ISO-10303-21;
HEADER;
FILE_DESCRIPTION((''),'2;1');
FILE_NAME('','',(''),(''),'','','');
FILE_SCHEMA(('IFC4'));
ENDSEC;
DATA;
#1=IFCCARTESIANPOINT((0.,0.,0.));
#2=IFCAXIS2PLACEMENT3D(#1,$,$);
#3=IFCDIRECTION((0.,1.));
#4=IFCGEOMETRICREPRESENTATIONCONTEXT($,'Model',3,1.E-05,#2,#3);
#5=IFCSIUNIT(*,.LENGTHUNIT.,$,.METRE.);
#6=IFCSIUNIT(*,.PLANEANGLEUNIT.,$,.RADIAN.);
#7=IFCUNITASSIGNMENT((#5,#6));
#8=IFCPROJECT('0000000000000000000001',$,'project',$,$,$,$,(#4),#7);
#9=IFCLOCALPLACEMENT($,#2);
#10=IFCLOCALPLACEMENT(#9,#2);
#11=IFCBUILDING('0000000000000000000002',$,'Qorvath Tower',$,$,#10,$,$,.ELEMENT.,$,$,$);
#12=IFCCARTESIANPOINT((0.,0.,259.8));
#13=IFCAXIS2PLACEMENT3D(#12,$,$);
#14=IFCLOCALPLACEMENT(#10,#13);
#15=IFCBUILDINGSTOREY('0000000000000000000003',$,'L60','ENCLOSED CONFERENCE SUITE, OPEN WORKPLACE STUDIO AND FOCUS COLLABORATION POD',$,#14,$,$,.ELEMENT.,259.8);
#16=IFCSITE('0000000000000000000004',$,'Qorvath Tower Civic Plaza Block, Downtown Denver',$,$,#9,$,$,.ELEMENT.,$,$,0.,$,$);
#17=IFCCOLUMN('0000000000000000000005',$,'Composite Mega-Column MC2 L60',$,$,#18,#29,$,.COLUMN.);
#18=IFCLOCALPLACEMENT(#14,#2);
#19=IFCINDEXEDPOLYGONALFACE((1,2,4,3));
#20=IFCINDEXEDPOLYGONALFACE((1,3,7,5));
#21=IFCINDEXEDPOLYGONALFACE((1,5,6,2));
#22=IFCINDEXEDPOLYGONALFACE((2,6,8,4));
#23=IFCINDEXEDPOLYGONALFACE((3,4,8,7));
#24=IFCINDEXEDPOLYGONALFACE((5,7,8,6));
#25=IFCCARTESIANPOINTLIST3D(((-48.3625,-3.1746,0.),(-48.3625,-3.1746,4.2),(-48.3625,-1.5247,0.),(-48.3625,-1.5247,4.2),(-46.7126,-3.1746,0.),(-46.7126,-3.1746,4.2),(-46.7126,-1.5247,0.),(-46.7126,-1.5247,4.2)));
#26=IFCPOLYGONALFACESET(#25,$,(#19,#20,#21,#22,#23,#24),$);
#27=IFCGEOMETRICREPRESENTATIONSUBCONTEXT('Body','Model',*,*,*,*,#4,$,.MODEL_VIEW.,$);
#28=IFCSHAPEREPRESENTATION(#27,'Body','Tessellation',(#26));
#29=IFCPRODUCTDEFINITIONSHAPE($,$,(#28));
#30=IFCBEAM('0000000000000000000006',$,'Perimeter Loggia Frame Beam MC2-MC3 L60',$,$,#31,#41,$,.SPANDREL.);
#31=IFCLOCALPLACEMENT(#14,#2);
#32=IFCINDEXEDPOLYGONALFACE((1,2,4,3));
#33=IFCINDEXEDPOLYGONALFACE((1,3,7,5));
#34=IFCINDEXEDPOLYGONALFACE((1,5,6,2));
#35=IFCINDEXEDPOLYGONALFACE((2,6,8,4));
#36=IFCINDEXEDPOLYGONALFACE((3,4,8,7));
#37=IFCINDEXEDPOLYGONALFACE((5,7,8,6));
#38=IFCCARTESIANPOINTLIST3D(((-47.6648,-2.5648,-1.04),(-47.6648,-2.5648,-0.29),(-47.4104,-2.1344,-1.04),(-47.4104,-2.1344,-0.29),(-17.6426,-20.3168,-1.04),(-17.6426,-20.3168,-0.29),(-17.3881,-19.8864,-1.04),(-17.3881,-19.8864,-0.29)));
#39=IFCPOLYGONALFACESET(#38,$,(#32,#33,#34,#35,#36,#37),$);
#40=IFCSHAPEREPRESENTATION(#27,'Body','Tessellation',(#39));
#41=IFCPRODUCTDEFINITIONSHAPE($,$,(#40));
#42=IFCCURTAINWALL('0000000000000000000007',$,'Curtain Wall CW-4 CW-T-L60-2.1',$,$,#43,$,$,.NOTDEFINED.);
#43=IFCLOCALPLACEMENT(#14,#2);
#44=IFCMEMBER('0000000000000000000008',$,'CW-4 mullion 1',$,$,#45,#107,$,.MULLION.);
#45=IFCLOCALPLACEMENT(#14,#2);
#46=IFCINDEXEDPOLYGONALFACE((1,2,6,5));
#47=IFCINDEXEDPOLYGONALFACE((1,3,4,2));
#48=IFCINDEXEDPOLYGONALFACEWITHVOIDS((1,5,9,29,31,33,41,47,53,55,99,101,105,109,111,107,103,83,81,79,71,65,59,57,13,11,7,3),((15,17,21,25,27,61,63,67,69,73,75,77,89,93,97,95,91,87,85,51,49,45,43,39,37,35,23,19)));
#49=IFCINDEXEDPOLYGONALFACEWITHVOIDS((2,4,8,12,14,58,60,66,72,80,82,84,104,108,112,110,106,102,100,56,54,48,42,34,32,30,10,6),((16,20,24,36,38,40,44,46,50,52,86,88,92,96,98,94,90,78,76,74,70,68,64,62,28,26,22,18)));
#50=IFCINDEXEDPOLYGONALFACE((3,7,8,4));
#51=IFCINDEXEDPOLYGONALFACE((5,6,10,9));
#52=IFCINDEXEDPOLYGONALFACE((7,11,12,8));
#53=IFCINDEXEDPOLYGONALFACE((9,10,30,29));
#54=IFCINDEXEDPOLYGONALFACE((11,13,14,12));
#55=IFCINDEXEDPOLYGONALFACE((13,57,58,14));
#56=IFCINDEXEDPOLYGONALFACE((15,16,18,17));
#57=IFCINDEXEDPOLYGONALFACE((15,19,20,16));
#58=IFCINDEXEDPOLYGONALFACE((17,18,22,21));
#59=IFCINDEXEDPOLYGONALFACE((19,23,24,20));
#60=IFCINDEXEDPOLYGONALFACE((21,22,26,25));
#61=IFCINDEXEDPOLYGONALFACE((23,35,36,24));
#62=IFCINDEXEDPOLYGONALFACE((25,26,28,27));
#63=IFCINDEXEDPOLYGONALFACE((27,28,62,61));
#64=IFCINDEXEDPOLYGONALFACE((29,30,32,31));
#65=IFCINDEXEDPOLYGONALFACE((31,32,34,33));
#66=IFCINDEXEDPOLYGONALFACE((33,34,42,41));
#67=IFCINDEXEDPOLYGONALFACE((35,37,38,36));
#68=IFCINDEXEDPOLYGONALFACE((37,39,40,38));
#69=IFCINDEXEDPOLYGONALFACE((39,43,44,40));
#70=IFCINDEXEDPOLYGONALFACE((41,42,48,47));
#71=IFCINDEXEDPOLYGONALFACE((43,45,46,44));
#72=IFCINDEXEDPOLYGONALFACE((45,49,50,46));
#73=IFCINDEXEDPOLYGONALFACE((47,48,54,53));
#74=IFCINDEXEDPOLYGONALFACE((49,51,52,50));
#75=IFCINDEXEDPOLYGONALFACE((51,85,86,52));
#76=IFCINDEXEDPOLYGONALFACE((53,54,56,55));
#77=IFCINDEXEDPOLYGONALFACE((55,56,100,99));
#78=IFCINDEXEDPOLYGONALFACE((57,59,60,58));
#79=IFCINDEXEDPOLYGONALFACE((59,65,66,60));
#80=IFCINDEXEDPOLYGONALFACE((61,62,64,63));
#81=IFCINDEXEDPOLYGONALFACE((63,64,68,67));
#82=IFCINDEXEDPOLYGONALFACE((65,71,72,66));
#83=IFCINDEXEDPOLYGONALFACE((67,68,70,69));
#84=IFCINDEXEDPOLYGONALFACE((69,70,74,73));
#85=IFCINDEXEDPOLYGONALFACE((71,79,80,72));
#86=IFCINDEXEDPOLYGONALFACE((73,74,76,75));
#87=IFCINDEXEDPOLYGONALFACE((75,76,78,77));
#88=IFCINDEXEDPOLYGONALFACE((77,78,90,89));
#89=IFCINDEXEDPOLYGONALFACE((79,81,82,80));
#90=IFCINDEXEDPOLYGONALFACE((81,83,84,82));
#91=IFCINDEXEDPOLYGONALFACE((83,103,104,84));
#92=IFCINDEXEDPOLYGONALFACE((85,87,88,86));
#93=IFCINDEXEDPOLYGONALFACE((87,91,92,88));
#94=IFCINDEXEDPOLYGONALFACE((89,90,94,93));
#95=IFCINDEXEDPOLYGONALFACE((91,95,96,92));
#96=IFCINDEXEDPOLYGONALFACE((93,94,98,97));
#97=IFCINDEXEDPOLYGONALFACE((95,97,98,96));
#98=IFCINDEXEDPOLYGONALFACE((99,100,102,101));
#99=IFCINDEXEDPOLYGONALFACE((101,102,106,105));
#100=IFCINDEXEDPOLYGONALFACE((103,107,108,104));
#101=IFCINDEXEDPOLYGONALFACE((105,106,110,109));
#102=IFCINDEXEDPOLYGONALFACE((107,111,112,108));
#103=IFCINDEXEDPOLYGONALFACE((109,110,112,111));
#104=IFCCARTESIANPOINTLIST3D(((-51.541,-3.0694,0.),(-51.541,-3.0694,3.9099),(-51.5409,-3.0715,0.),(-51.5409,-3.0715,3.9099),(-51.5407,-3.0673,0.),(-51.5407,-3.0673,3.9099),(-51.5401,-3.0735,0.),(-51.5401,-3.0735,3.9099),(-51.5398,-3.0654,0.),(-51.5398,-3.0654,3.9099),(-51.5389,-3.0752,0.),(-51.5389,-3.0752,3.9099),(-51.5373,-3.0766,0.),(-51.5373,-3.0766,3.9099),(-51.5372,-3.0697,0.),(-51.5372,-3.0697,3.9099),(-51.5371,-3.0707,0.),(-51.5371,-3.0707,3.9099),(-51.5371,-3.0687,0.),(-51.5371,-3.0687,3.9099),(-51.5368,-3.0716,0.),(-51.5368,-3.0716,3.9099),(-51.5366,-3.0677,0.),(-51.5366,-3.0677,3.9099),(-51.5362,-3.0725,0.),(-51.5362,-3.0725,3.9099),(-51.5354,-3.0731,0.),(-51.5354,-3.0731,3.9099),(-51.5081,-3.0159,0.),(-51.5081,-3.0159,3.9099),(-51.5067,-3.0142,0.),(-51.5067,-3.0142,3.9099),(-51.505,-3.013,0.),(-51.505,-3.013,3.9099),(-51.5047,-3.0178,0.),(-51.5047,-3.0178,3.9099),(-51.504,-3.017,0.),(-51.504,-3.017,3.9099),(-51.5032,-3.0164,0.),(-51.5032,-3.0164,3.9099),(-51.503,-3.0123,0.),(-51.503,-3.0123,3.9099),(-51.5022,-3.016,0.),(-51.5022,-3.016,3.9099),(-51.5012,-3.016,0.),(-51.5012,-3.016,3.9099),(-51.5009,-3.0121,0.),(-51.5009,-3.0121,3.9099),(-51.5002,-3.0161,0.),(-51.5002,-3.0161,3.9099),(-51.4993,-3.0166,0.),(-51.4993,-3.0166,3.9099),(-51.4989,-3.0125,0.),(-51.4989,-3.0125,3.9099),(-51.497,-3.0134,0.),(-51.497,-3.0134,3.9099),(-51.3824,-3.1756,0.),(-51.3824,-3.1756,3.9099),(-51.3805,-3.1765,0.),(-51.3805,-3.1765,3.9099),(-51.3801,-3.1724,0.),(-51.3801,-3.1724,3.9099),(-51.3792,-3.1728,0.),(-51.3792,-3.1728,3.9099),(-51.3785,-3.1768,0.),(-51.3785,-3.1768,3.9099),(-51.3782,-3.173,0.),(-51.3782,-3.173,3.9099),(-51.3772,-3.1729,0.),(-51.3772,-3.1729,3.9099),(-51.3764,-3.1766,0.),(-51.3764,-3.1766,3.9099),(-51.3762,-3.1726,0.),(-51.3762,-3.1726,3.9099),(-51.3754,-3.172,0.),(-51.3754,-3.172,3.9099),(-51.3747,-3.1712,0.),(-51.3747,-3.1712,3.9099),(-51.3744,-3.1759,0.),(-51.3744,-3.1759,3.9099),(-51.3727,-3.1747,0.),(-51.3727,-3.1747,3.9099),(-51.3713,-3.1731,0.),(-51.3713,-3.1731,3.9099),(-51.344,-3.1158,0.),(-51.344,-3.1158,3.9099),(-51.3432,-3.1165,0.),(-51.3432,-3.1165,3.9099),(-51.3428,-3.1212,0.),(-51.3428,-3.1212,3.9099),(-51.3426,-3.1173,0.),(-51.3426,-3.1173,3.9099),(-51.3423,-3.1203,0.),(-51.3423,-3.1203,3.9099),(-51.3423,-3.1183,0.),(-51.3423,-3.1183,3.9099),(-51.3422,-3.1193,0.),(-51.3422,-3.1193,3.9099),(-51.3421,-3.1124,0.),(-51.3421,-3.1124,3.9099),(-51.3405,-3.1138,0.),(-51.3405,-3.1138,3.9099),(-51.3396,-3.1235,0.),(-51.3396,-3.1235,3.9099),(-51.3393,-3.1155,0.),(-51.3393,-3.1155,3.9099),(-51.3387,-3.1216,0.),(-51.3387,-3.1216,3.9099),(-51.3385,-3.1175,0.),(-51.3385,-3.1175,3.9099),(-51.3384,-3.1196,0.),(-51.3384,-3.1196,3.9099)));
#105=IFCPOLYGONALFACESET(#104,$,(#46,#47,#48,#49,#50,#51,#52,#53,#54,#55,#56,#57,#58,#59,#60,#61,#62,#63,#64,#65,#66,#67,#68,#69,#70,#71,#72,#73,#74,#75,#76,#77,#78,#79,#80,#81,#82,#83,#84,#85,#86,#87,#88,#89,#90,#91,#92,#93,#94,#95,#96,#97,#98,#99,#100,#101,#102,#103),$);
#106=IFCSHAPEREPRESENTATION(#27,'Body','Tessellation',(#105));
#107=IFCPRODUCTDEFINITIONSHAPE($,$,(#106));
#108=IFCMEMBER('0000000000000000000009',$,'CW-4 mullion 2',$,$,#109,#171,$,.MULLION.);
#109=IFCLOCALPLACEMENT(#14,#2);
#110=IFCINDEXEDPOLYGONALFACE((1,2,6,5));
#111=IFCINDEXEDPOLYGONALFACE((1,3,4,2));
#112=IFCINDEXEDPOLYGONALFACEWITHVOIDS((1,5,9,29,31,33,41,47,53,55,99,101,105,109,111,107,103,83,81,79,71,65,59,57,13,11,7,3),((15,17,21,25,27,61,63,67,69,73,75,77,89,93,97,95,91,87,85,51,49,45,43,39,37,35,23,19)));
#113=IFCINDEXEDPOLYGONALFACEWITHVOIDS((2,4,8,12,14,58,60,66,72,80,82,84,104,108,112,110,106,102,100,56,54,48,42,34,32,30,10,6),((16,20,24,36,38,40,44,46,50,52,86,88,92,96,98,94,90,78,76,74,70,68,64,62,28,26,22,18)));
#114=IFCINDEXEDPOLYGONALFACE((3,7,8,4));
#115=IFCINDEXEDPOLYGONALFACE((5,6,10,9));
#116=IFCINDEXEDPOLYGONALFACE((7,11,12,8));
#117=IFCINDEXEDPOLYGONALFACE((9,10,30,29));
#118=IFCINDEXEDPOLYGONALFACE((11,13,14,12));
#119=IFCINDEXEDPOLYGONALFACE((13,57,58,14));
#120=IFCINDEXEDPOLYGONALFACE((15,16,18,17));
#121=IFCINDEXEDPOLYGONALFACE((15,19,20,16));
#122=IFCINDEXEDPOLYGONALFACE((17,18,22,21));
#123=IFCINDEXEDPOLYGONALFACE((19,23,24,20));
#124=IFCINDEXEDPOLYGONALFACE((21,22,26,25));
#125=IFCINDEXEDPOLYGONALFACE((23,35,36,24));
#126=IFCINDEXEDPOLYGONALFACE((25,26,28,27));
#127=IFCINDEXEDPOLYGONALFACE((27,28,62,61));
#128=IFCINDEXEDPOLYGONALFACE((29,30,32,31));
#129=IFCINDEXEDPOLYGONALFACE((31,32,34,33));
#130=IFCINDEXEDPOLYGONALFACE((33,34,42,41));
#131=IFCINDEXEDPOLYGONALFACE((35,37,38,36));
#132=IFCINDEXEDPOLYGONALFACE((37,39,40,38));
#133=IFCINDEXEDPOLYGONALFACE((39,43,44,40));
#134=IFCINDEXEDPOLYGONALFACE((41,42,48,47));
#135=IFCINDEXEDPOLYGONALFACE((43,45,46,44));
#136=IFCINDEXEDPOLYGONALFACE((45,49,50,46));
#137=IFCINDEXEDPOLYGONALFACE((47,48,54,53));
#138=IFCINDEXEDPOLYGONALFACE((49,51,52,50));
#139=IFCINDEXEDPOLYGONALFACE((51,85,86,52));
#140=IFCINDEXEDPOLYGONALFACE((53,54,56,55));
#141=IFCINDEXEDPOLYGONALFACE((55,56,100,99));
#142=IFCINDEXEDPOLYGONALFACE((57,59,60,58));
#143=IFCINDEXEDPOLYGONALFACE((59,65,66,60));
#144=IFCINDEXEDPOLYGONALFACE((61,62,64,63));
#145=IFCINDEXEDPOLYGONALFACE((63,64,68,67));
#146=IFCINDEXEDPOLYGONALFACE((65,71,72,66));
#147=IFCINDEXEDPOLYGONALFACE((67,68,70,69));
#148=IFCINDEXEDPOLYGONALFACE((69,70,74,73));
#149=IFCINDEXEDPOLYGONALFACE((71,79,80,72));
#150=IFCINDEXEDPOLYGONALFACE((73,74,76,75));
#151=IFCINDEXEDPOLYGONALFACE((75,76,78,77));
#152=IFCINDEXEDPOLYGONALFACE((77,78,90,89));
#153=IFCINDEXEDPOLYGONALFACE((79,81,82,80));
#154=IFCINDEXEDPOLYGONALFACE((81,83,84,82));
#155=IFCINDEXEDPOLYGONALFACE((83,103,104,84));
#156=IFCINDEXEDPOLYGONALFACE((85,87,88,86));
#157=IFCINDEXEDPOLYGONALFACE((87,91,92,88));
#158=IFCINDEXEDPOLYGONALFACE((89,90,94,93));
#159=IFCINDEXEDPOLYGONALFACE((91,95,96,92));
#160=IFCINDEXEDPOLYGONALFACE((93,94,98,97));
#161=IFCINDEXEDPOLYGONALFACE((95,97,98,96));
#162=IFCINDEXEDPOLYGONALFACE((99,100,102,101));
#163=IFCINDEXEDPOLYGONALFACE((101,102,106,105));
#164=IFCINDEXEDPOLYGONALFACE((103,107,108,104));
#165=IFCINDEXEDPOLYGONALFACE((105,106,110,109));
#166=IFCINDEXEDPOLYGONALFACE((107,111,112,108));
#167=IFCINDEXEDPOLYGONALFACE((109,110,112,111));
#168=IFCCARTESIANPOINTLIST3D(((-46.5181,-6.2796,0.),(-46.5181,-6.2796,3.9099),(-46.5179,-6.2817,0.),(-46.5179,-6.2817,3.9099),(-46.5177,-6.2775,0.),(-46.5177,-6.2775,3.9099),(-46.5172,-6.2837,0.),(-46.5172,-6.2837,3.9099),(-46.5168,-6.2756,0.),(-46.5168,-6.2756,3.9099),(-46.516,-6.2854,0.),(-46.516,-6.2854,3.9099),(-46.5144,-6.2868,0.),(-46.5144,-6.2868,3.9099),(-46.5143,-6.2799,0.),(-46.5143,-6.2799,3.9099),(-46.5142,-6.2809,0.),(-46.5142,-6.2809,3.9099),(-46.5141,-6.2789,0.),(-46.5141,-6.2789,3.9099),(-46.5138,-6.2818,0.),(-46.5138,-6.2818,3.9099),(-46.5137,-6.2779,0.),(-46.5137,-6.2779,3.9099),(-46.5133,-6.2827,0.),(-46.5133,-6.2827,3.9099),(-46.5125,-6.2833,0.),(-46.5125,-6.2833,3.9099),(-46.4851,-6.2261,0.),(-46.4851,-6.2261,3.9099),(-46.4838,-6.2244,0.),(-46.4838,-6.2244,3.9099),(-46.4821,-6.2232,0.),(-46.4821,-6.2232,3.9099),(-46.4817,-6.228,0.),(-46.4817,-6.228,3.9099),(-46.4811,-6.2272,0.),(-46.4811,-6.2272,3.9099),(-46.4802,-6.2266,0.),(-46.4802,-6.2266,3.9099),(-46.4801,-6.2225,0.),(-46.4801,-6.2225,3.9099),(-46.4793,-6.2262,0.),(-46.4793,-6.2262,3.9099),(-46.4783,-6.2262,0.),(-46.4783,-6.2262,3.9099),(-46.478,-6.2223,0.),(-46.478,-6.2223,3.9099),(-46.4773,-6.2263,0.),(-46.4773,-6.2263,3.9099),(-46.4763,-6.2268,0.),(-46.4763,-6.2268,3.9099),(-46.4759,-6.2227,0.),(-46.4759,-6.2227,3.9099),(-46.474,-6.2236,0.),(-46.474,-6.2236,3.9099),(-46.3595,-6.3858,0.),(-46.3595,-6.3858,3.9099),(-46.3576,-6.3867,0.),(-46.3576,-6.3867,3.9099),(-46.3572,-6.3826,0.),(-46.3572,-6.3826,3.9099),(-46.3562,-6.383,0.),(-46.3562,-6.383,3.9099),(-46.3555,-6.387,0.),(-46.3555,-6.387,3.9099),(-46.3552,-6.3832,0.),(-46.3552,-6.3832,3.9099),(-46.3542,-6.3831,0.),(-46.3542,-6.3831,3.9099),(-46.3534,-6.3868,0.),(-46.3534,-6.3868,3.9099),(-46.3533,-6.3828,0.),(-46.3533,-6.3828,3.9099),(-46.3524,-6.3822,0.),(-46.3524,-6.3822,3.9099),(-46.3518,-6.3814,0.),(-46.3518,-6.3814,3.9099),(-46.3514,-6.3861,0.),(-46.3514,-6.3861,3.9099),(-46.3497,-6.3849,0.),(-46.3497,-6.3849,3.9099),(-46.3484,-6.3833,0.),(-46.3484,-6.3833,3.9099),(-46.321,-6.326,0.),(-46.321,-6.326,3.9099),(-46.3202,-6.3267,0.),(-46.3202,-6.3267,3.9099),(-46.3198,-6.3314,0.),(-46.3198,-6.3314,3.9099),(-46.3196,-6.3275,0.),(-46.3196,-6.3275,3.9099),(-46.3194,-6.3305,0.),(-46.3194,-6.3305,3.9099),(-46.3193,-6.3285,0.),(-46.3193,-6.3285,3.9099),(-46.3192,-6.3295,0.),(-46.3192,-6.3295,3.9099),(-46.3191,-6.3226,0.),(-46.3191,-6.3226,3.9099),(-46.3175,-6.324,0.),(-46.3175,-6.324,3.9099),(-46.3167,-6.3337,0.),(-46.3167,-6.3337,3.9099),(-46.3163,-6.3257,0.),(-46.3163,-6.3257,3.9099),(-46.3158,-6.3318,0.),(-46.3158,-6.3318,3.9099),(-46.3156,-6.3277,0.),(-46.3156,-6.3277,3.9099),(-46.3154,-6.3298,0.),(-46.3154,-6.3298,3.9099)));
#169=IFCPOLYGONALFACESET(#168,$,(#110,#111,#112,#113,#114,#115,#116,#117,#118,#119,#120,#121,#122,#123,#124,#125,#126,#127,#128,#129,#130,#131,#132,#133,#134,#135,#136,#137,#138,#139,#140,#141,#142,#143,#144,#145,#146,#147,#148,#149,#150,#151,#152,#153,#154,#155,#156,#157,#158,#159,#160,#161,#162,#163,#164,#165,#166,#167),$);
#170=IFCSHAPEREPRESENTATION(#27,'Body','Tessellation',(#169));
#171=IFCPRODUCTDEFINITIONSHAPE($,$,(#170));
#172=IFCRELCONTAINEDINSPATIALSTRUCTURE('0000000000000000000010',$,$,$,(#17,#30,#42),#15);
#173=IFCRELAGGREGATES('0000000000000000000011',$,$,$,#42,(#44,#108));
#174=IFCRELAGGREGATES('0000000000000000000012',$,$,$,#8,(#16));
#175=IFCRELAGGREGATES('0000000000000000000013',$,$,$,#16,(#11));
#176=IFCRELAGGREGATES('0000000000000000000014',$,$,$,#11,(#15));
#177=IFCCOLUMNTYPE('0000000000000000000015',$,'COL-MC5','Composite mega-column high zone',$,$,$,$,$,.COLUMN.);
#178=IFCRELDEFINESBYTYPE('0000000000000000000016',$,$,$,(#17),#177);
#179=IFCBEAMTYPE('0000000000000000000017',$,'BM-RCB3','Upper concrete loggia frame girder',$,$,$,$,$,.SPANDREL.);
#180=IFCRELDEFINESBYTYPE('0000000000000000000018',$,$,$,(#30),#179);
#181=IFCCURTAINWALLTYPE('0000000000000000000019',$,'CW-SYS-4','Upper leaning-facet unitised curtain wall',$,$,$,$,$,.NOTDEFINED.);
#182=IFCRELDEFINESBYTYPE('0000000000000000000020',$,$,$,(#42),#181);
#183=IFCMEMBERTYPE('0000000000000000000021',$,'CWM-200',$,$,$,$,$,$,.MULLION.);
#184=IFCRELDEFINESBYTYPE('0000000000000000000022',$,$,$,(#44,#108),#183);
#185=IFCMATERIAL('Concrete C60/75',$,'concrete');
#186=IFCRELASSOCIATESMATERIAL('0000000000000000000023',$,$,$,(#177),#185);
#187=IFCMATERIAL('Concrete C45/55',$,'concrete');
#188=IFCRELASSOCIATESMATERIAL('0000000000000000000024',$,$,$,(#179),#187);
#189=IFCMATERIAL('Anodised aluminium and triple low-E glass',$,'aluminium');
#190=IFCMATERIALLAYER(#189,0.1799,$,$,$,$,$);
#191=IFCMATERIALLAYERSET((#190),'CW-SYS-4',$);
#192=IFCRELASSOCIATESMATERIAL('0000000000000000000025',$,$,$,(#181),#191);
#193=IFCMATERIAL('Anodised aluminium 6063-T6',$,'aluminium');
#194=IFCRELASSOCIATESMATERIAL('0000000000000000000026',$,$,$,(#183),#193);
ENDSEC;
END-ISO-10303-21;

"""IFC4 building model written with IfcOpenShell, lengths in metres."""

from ifc_helpers import new_model, si_unit, direction, frame, origin, origin_2d, place, context, subcontext, project, spatial, rectangle, hollow_rectangle, extrude, material, layer, layer_set, material_profile, profile_set, type_object, element, aggregate, save


model = new_model("IFC4")

# Units and contexts
model_context = context("Model", 3, precision=1e-05, world=origin(), true_north=direction((0.0, 1.0)))
body_context = subcontext(model_context, "Body", "Model", "MODEL_VIEW")
ifc_project = project(units=[si_unit("LENGTHUNIT", "METRE"), si_unit("PLANEANGLEUNIT", "RADIAN")], contexts=[model_context])

# Site, building, storey
site_placement = place(None, origin())
site = spatial("IfcSite", under=ifc_project, at=site_placement, Name="Qorvath Tower Civic Plaza Block, Downtown Denver", CompositionType="ELEMENT", RefElevation=0.0)
building_placement = place(site_placement, origin())
building = spatial("IfcBuilding", under=site, at=building_placement, Name="Qorvath Tower", CompositionType="ELEMENT")
storey_placement = place(building_placement, frame((0.0, 0.0, 259.8)))
storey = spatial("IfcBuildingStorey", under=building, at=storey_placement, Name="L60", Description="ENCLOSED CONFERENCE SUITE, OPEN WORKPLACE STUDIO AND FOCUS COLLABORATION POD", CompositionType="ELEMENT", Elevation=259.8)

# Column
ifc_material_1 = material(Name="Concrete C60/75", Category="concrete")
ifc_material_profile_1 = material_profile(ifc_material_1, rectangle(XDim=1.6499, YDim=1.6499, at=origin_2d()), Name="MC 1650x1650")
ifc_profile_set_1 = profile_set([ifc_material_profile_1], Name="Concrete C60/75")
column_type = type_object("IfcColumnType", Name="COL-MC5", Description="Composite mega-column high zone", PredefinedType="COLUMN", material=ifc_profile_set_1)
column_placement = place(storey_placement, frame((-47.5376, -2.3496, 0.0), z_axis=(0.0, 0.0, 1.0), x_axis=(1.0, 0.0, 0.0)))
element("IfcColumn", 1, at=column_placement, inside=storey, type_object=column_type, Name="Composite Mega-Column MC2 L60", PredefinedType="COLUMN", context=body_context, shape_type="SweptSolid", body=[
    extrude(rectangle(XDim=1.6499, YDim=1.6499, at=origin_2d()), origin(), (0.0, 0.0, 1.0), 4.2),
])

# Beam
ifc_material_2 = material(Name="Concrete C45/55", Category="concrete")
ifc_material_profile_2 = material_profile(ifc_material_2, rectangle(XDim=0.5, YDim=0.75, at=origin_2d()), Name="RCB 750x500")
ifc_profile_set_2 = profile_set([ifc_material_profile_2], Name="Concrete C45/55")
beam_type = type_object("IfcBeamType", Name="BM-RCB3", Description="Upper concrete loggia frame girder", PredefinedType="SPANDREL", material=ifc_profile_set_2)
beam_placement = place(storey_placement, frame((-47.5376, -2.3496, -0.665), z_axis=(0.860781, -0.508975, 0.0), x_axis=(0.508975, 0.860781, 0.0)))
element("IfcBeam", 2, at=beam_placement, inside=storey, type_object=beam_type, Name="Perimeter Loggia Frame Beam MC2-MC3 L60", PredefinedType="SPANDREL", context=body_context, shape_type="SweptSolid", body=[
    extrude(rectangle(XDim=0.5, YDim=0.75, at=origin_2d()), origin(), (0.0, 0.0, 1.0), 34.8779),
])

# Curtain wall, members
ifc_material_3 = material(Name="Anodised aluminium and triple low-E glass", Category="aluminium")
ifc_layer_1 = layer(ifc_material_3, 0.1799)
ifc_layer_set_1 = layer_set([ifc_layer_1], Name="CW-SYS-4")
curtain_wall_type = type_object("IfcCurtainWallType", Name="CW-SYS-4", Description="Upper leaning-facet unitised curtain wall", PredefinedType="NOTDEFINED", material=ifc_layer_set_1)
curtain_wall_placement = place(storey_placement, origin())
curtain_wall = element("IfcCurtainWall", 3, at=curtain_wall_placement, inside=storey, type_object=curtain_wall_type, Name="Curtain Wall CW-4 CW-T-L60-2.1", PredefinedType="NOTDEFINED")
ifc_material_4 = material(Name="Anodised aluminium 6063-T6", Category="aluminium")
ifc_material_profile_3 = material_profile(ifc_material_4, hollow_rectangle(XDim=0.075, YDim=0.2, WallThickness=0.0039, InnerFilletRadius=0.0039, OuterFilletRadius=0.0081, at=origin_2d()), Name="CWM 200x75")
ifc_profile_set_3 = profile_set([ifc_material_profile_3], Name="Anodised aluminium 6063-T6")
member_type_1 = type_object("IfcMemberType", Name="CWM-200", PredefinedType="MULLION", material=ifc_profile_set_3)
member_1_placement = place(storey_placement, frame((-51.4397, -3.0945, 0.0), z_axis=(0.0, 0.0, 1.0), x_axis=(0.538529, 0.842607, 0.0)))
member_1 = element("IfcMember", 4, at=member_1_placement, type_object=member_type_1, Name="CW-4 mullion 1", PredefinedType="MULLION", context=body_context, shape_type="SweptSolid", body=[
    extrude(hollow_rectangle(XDim=0.075, YDim=0.2, WallThickness=0.0039, InnerFilletRadius=0.0039, OuterFilletRadius=0.0081, at=origin_2d()), origin(), (0.0, 0.0, 1.0), 3.9099),
])
member_2_placement = place(storey_placement, frame((-46.4167, -6.3047, 0.0), z_axis=(0.0, 0.0, 1.0), x_axis=(0.538529, 0.842607, 0.0)))
member_2 = element("IfcMember", 5, at=member_2_placement, type_object=member_type_1, Name="CW-4 mullion 2", PredefinedType="MULLION", context=body_context, shape_type="SweptSolid", body=[
    extrude(hollow_rectangle(XDim=0.075, YDim=0.2, WallThickness=0.0039, InnerFilletRadius=0.0039, OuterFilletRadius=0.0081, at=origin_2d()), origin(), (0.0, 0.0, 1.0), 3.9099),
])
aggregate(curtain_wall, [member_1, member_2])

save(model, "model.ifc")
